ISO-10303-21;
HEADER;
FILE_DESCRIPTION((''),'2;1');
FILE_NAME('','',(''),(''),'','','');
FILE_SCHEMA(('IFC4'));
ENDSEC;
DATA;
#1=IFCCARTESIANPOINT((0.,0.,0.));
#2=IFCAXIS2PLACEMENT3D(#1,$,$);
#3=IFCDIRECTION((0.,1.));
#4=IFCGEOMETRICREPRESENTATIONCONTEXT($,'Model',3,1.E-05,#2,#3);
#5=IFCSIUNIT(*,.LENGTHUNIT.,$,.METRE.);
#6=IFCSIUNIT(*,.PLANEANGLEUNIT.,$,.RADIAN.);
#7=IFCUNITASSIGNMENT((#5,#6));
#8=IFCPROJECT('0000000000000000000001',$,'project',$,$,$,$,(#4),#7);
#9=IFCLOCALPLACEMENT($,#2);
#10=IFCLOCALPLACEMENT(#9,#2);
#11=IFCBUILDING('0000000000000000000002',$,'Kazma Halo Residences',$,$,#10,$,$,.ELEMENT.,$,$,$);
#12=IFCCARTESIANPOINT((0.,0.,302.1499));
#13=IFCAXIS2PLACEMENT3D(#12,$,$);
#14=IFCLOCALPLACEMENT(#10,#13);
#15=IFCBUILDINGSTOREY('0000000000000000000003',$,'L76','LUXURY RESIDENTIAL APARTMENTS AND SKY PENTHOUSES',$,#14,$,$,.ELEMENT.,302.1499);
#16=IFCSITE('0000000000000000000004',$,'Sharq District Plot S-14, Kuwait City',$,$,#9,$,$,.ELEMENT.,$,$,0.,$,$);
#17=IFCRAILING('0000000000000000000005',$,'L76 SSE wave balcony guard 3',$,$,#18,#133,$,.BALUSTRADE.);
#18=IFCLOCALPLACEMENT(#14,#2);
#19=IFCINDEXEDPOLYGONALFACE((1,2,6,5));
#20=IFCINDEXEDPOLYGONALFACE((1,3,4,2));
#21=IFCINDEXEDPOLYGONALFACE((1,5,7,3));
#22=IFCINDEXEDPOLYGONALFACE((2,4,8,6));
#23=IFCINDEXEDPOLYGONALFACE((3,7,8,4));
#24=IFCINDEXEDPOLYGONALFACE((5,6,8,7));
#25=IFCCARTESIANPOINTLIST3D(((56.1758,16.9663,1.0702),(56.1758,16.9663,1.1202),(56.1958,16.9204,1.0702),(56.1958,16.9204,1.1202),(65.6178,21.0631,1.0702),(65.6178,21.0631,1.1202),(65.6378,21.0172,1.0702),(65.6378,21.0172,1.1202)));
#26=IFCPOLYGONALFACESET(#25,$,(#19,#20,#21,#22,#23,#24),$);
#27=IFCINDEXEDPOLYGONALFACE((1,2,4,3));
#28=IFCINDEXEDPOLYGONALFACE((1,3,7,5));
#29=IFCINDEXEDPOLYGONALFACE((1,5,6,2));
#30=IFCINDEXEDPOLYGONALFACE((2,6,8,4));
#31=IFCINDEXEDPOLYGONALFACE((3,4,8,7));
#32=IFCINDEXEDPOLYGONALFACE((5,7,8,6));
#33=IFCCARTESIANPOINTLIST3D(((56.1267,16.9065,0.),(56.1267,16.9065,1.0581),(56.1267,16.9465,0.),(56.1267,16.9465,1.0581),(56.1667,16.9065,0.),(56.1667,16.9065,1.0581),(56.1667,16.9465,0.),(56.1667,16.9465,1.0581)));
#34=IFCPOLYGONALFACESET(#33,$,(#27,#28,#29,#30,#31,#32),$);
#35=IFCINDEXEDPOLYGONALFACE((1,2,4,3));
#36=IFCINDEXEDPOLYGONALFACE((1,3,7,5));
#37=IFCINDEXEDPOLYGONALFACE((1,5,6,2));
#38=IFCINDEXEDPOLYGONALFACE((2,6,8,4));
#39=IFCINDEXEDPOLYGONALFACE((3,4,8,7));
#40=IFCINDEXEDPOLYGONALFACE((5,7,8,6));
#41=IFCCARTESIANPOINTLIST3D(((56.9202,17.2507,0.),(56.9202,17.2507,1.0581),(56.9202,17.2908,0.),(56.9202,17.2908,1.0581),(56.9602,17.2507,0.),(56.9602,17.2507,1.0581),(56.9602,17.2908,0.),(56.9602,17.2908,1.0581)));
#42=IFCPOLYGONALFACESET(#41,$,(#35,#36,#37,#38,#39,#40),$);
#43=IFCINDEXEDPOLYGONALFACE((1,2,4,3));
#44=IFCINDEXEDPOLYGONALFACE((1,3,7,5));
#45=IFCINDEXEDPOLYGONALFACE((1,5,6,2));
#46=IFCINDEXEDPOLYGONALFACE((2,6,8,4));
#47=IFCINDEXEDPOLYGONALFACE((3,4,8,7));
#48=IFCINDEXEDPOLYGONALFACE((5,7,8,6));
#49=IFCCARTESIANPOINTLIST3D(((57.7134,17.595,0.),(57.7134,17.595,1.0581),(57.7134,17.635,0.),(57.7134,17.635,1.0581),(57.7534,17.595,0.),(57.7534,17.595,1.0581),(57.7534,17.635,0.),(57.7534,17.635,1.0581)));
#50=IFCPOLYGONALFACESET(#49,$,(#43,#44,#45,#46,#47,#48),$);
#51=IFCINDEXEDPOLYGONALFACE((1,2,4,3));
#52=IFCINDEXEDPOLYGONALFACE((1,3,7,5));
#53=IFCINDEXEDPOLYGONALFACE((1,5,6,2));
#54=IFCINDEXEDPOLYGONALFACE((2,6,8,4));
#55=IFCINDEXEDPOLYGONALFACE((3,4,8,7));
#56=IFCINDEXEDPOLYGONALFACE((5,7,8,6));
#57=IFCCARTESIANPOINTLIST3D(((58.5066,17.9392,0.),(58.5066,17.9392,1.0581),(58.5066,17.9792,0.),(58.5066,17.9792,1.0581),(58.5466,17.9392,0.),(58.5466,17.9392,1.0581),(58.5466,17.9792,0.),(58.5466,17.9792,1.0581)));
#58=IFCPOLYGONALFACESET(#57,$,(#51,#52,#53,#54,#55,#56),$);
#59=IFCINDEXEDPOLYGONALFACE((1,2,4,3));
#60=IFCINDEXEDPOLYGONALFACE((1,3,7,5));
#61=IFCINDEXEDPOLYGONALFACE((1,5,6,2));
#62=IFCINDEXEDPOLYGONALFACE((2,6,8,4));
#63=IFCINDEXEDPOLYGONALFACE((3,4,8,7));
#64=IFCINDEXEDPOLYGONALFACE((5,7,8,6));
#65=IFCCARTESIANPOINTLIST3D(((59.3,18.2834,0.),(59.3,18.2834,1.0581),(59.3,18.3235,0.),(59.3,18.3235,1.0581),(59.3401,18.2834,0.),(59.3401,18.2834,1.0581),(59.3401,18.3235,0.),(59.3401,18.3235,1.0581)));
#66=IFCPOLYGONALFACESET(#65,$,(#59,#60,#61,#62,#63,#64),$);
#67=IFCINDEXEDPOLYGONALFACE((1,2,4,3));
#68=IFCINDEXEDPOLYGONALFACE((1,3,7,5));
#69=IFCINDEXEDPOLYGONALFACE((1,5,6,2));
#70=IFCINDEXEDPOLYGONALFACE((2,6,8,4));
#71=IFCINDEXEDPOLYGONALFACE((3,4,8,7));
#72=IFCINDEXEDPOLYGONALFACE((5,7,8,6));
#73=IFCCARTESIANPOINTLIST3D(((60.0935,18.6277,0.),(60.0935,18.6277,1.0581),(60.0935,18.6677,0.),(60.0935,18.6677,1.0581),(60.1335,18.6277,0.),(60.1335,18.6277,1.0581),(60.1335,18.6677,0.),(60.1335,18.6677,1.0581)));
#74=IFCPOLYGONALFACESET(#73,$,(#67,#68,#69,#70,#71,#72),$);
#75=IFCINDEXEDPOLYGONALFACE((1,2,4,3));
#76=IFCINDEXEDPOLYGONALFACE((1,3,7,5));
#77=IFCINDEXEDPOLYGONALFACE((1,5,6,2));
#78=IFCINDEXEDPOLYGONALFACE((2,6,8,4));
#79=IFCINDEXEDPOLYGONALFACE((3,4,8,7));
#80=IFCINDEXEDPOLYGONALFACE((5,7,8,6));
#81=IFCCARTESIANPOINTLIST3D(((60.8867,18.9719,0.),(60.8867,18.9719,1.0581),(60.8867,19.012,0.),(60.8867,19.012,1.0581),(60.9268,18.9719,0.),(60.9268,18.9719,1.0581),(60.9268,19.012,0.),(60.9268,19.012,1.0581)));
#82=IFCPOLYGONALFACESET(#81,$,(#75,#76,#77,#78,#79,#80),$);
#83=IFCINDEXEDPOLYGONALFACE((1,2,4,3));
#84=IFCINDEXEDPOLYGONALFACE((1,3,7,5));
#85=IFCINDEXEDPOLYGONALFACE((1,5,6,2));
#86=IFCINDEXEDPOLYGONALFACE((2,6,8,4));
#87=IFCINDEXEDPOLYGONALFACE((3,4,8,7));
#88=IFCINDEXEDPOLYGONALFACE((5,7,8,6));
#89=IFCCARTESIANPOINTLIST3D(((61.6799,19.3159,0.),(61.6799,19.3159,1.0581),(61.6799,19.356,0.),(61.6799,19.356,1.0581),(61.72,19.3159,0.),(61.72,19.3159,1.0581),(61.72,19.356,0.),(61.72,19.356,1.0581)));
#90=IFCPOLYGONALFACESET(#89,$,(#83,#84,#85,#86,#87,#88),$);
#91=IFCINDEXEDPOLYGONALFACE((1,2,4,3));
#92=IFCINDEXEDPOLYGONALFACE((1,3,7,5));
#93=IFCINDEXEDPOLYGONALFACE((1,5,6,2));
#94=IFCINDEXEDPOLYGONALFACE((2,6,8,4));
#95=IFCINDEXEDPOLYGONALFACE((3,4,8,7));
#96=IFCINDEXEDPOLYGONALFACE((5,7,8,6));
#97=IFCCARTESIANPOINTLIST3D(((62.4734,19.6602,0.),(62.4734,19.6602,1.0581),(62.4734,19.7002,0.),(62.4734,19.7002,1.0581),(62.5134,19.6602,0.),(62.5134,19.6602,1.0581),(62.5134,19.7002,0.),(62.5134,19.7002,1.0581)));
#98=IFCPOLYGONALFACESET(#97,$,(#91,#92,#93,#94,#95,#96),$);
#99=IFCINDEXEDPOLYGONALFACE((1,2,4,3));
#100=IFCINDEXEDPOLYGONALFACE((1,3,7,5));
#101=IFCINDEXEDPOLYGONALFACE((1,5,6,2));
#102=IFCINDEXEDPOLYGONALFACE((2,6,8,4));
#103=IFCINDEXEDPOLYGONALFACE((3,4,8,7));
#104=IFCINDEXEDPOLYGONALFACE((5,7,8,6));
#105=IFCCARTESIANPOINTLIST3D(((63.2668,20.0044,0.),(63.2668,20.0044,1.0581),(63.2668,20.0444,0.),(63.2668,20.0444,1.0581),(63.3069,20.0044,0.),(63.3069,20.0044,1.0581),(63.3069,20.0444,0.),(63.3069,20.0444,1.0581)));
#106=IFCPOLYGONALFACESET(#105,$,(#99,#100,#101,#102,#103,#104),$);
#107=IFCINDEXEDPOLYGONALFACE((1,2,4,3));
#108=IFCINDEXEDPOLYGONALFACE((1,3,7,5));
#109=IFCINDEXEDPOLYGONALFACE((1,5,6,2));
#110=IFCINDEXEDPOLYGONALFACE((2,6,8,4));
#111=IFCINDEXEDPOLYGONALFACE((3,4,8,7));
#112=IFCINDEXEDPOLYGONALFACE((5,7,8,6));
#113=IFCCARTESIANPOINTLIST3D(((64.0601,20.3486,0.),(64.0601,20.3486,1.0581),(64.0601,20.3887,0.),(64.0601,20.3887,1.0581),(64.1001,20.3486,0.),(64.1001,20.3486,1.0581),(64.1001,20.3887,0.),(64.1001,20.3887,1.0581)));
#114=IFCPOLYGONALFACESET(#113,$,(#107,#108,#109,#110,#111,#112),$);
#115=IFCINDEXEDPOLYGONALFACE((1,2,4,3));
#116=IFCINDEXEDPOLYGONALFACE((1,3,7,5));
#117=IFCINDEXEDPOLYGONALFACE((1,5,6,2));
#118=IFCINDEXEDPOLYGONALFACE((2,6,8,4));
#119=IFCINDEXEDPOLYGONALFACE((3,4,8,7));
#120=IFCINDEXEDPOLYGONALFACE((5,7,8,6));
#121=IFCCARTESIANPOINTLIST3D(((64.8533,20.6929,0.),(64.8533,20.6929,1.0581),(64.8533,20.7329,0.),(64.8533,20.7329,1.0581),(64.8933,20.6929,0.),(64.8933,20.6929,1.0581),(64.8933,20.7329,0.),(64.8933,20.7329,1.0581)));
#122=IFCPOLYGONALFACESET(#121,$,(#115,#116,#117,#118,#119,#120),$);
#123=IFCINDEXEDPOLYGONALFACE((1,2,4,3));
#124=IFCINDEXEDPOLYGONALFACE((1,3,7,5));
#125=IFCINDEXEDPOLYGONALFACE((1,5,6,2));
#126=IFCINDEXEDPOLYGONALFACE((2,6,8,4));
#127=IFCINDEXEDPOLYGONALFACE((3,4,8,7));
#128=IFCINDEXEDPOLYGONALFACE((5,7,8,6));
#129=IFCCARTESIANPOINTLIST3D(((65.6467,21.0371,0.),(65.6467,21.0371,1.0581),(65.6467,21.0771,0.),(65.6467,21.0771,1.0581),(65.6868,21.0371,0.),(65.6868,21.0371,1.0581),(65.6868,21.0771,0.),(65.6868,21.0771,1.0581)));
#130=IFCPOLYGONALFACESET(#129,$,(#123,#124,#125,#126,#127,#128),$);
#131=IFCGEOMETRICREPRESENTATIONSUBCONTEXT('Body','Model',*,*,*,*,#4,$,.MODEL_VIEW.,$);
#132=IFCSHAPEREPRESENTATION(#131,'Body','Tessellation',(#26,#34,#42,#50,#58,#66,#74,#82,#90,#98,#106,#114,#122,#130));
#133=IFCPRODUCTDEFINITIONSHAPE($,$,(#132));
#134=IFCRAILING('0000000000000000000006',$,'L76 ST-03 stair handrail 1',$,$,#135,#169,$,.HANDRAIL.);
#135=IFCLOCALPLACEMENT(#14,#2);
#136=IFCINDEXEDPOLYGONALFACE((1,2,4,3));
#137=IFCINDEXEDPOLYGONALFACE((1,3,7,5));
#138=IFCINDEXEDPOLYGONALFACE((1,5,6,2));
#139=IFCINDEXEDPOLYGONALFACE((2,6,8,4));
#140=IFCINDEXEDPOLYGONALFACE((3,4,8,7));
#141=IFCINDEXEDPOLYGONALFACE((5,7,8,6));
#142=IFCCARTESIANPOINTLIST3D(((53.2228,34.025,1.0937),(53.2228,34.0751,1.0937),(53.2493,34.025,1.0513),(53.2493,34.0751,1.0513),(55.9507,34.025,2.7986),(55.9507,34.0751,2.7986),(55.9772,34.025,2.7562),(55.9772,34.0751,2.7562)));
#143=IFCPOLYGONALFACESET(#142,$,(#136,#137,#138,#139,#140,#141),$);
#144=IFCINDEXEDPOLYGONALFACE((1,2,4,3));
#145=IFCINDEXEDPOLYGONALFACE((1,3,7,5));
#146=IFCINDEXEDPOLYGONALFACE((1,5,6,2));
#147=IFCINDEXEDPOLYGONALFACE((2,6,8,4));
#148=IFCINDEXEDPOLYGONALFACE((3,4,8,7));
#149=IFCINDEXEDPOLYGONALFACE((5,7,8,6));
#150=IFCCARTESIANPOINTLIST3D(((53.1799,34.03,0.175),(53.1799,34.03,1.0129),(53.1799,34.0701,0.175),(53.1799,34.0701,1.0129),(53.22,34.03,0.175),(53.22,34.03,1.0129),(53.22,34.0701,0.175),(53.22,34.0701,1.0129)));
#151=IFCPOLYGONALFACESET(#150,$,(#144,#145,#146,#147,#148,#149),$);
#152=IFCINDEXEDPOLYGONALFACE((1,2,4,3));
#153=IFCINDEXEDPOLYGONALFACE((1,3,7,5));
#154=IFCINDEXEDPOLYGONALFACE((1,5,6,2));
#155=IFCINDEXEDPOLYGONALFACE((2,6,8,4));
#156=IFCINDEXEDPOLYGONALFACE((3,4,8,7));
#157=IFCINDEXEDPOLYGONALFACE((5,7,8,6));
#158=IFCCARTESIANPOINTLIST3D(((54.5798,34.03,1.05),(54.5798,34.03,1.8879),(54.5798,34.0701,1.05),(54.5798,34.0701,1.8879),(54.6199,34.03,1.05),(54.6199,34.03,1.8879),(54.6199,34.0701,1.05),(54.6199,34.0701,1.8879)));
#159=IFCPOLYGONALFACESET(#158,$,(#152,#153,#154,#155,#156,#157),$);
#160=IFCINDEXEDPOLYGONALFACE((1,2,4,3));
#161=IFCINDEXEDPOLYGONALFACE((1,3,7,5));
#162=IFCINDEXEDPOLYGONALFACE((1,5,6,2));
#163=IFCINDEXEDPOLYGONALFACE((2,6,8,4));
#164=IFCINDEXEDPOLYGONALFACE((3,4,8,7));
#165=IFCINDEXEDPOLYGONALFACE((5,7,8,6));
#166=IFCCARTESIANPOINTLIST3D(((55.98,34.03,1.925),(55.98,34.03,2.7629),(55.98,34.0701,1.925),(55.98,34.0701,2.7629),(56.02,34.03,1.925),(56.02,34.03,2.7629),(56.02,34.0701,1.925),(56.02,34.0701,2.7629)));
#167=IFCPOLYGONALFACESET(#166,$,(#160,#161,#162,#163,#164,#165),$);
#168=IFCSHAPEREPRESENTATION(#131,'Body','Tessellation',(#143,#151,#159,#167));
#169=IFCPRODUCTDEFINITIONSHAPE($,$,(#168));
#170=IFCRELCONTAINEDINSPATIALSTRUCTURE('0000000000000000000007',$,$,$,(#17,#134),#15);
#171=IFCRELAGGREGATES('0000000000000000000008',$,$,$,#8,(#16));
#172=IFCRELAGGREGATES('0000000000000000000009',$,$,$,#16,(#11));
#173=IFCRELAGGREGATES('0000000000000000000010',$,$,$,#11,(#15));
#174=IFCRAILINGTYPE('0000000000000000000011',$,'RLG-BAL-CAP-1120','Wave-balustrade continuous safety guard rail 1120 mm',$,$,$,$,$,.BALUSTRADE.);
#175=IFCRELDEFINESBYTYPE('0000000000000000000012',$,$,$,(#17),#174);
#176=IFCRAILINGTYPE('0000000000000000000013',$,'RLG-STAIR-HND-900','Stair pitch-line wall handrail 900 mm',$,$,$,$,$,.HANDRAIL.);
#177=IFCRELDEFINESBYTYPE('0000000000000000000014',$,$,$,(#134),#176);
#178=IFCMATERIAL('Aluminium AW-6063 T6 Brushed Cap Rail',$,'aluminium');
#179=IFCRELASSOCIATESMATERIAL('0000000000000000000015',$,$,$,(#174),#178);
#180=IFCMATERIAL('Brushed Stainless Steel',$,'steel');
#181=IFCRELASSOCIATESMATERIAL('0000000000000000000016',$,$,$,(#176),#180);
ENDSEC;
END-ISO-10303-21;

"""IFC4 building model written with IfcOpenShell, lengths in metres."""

from ifc_helpers import new_model, si_unit, direction, frame, origin, origin_2d, place, context, subcontext, project, spatial, rectangle, extrude, material, type_object, element, save


model = new_model("IFC4")

# Units and contexts
model_context = context("Model", 3, precision=1e-05, world=origin(), true_north=direction((0.0, 1.0)))
body_context = subcontext(model_context, "Body", "Model", "MODEL_VIEW")
ifc_project = project(units=[si_unit("LENGTHUNIT", "METRE"), si_unit("PLANEANGLEUNIT", "RADIAN")], contexts=[model_context])

# Site, building, storey
site_placement = place(None, origin())
site = spatial("IfcSite", under=ifc_project, at=site_placement, Name="Sharq District Plot S-14, Kuwait City", CompositionType="ELEMENT", RefElevation=0.0)
building_placement = place(site_placement, origin())
building = spatial("IfcBuilding", under=site, at=building_placement, Name="Kazma Halo Residences", CompositionType="ELEMENT")
storey_placement = place(building_placement, frame((0.0, 0.0, 302.1499)))
storey = spatial("IfcBuildingStorey", under=building, at=storey_placement, Name="L76", Description="LUXURY RESIDENTIAL APARTMENTS AND SKY PENTHOUSES", CompositionType="ELEMENT", Elevation=302.1499)

# Railings
ifc_material_1 = material(Name="Aluminium AW-6063 T6 Brushed Cap Rail", Category="aluminium")
railing_type_1 = type_object("IfcRailingType", Name="RLG-BAL-CAP-1120", Description="Wave-balustrade continuous safety guard rail 1120 mm", PredefinedType="BALUSTRADE", material=ifc_material_1)
railing_1_placement = place(storey_placement, frame((56.1467, 16.9265, 0.0)))
element("IfcRailing", 1, at=railing_1_placement, inside=storey, type_object=railing_type_1, Name="L76 SSE wave balcony guard 3", PredefinedType="BALUSTRADE", context=body_context, shape_type="SweptSolid", body=[
    extrude(rectangle(XDim=0.05, YDim=0.05, at=origin_2d()), frame((0.0391, 0.0168, 1.0952), z_axis=(0.91737, 0.398035, 0.0), x_axis=(-0.398035, 0.91737, 0.0)), (0.0, 0.0, 1.0), 10.2925),
    extrude(rectangle(XDim=0.04, YDim=0.04, at=origin_2d()), origin(), (0.0, 0.0, 1.0), 1.0581),
    extrude(rectangle(XDim=0.04, YDim=0.04, at=origin_2d()), frame((0.7935, 0.3442, 0.0)), (0.0, 0.0, 1.0), 1.0581),
    extrude(rectangle(XDim=0.04, YDim=0.04, at=origin_2d()), frame((1.5867, 0.6885, 0.0)), (0.0, 0.0, 1.0), 1.0581),
    extrude(rectangle(XDim=0.04, YDim=0.04, at=origin_2d()), frame((2.3799, 1.0327, 0.0)), (0.0, 0.0, 1.0), 1.0581),
    extrude(rectangle(XDim=0.04, YDim=0.04, at=origin_2d()), frame((3.1733, 1.377, 0.0)), (0.0, 0.0, 1.0), 1.0581),
    extrude(rectangle(XDim=0.04, YDim=0.04, at=origin_2d()), frame((3.9668, 1.7212, 0.0)), (0.0, 0.0, 1.0), 1.0581),
    extrude(rectangle(XDim=0.04, YDim=0.04, at=origin_2d()), frame((4.76, 2.0654, 0.0)), (0.0, 0.0, 1.0), 1.0581),
    extrude(rectangle(XDim=0.04, YDim=0.04, at=origin_2d()), frame((5.5532, 2.4094, 0.0)), (0.0, 0.0, 1.0), 1.0581),
    extrude(rectangle(XDim=0.04, YDim=0.04, at=origin_2d()), frame((6.3467, 2.7537, 0.0)), (0.0, 0.0, 1.0), 1.0581),
    extrude(rectangle(XDim=0.04, YDim=0.04, at=origin_2d()), frame((7.1401, 3.0979, 0.0)), (0.0, 0.0, 1.0), 1.0581),
    extrude(rectangle(XDim=0.04, YDim=0.04, at=origin_2d()), frame((7.9333, 3.4421, 0.0)), (0.0, 0.0, 1.0), 1.0581),
    extrude(rectangle(XDim=0.04, YDim=0.04, at=origin_2d()), frame((8.7266, 3.7864, 0.0)), (0.0, 0.0, 1.0), 1.0581),
    extrude(rectangle(XDim=0.04, YDim=0.04, at=origin_2d()), frame((9.52, 4.1306, 0.0)), (0.0, 0.0, 1.0), 1.0581),
])
ifc_material_2 = material(Name="Brushed Stainless Steel", Category="steel")
railing_type_2 = type_object("IfcRailingType", Name="RLG-STAIR-HND-900", Description="Stair pitch-line wall handrail 900 mm", PredefinedType="HANDRAIL", material=ifc_material_2)
railing_2_placement = place(storey_placement, frame((53.2, 34.05, 0.175)))
element("IfcRailing", 2, at=railing_2_placement, inside=storey, type_object=railing_type_2, Name="L76 ST-03 stair handrail 1", PredefinedType="HANDRAIL", context=body_context, shape_type="SweptSolid", body=[
    extrude(rectangle(XDim=0.05, YDim=0.05, at=origin_2d()), frame((0.0361, 0.0, 0.8975), z_axis=(0.848002, 0.0, 0.529992), x_axis=(0.0, 1.0, 0.0)), (0.0, 0.0, 1.0), 3.2168),
    extrude(rectangle(XDim=0.04, YDim=0.04, at=origin_2d()), origin(), (0.0, 0.0, 1.0), 0.8379),
    extrude(rectangle(XDim=0.04, YDim=0.04, at=origin_2d()), frame((1.3999, 0.0, 0.875)), (0.0, 0.0, 1.0), 0.8379),
    extrude(rectangle(XDim=0.04, YDim=0.04, at=origin_2d()), frame((2.8, 0.0, 1.75)), (0.0, 0.0, 1.0), 0.8379),
])

save(model, "model.ifc")
